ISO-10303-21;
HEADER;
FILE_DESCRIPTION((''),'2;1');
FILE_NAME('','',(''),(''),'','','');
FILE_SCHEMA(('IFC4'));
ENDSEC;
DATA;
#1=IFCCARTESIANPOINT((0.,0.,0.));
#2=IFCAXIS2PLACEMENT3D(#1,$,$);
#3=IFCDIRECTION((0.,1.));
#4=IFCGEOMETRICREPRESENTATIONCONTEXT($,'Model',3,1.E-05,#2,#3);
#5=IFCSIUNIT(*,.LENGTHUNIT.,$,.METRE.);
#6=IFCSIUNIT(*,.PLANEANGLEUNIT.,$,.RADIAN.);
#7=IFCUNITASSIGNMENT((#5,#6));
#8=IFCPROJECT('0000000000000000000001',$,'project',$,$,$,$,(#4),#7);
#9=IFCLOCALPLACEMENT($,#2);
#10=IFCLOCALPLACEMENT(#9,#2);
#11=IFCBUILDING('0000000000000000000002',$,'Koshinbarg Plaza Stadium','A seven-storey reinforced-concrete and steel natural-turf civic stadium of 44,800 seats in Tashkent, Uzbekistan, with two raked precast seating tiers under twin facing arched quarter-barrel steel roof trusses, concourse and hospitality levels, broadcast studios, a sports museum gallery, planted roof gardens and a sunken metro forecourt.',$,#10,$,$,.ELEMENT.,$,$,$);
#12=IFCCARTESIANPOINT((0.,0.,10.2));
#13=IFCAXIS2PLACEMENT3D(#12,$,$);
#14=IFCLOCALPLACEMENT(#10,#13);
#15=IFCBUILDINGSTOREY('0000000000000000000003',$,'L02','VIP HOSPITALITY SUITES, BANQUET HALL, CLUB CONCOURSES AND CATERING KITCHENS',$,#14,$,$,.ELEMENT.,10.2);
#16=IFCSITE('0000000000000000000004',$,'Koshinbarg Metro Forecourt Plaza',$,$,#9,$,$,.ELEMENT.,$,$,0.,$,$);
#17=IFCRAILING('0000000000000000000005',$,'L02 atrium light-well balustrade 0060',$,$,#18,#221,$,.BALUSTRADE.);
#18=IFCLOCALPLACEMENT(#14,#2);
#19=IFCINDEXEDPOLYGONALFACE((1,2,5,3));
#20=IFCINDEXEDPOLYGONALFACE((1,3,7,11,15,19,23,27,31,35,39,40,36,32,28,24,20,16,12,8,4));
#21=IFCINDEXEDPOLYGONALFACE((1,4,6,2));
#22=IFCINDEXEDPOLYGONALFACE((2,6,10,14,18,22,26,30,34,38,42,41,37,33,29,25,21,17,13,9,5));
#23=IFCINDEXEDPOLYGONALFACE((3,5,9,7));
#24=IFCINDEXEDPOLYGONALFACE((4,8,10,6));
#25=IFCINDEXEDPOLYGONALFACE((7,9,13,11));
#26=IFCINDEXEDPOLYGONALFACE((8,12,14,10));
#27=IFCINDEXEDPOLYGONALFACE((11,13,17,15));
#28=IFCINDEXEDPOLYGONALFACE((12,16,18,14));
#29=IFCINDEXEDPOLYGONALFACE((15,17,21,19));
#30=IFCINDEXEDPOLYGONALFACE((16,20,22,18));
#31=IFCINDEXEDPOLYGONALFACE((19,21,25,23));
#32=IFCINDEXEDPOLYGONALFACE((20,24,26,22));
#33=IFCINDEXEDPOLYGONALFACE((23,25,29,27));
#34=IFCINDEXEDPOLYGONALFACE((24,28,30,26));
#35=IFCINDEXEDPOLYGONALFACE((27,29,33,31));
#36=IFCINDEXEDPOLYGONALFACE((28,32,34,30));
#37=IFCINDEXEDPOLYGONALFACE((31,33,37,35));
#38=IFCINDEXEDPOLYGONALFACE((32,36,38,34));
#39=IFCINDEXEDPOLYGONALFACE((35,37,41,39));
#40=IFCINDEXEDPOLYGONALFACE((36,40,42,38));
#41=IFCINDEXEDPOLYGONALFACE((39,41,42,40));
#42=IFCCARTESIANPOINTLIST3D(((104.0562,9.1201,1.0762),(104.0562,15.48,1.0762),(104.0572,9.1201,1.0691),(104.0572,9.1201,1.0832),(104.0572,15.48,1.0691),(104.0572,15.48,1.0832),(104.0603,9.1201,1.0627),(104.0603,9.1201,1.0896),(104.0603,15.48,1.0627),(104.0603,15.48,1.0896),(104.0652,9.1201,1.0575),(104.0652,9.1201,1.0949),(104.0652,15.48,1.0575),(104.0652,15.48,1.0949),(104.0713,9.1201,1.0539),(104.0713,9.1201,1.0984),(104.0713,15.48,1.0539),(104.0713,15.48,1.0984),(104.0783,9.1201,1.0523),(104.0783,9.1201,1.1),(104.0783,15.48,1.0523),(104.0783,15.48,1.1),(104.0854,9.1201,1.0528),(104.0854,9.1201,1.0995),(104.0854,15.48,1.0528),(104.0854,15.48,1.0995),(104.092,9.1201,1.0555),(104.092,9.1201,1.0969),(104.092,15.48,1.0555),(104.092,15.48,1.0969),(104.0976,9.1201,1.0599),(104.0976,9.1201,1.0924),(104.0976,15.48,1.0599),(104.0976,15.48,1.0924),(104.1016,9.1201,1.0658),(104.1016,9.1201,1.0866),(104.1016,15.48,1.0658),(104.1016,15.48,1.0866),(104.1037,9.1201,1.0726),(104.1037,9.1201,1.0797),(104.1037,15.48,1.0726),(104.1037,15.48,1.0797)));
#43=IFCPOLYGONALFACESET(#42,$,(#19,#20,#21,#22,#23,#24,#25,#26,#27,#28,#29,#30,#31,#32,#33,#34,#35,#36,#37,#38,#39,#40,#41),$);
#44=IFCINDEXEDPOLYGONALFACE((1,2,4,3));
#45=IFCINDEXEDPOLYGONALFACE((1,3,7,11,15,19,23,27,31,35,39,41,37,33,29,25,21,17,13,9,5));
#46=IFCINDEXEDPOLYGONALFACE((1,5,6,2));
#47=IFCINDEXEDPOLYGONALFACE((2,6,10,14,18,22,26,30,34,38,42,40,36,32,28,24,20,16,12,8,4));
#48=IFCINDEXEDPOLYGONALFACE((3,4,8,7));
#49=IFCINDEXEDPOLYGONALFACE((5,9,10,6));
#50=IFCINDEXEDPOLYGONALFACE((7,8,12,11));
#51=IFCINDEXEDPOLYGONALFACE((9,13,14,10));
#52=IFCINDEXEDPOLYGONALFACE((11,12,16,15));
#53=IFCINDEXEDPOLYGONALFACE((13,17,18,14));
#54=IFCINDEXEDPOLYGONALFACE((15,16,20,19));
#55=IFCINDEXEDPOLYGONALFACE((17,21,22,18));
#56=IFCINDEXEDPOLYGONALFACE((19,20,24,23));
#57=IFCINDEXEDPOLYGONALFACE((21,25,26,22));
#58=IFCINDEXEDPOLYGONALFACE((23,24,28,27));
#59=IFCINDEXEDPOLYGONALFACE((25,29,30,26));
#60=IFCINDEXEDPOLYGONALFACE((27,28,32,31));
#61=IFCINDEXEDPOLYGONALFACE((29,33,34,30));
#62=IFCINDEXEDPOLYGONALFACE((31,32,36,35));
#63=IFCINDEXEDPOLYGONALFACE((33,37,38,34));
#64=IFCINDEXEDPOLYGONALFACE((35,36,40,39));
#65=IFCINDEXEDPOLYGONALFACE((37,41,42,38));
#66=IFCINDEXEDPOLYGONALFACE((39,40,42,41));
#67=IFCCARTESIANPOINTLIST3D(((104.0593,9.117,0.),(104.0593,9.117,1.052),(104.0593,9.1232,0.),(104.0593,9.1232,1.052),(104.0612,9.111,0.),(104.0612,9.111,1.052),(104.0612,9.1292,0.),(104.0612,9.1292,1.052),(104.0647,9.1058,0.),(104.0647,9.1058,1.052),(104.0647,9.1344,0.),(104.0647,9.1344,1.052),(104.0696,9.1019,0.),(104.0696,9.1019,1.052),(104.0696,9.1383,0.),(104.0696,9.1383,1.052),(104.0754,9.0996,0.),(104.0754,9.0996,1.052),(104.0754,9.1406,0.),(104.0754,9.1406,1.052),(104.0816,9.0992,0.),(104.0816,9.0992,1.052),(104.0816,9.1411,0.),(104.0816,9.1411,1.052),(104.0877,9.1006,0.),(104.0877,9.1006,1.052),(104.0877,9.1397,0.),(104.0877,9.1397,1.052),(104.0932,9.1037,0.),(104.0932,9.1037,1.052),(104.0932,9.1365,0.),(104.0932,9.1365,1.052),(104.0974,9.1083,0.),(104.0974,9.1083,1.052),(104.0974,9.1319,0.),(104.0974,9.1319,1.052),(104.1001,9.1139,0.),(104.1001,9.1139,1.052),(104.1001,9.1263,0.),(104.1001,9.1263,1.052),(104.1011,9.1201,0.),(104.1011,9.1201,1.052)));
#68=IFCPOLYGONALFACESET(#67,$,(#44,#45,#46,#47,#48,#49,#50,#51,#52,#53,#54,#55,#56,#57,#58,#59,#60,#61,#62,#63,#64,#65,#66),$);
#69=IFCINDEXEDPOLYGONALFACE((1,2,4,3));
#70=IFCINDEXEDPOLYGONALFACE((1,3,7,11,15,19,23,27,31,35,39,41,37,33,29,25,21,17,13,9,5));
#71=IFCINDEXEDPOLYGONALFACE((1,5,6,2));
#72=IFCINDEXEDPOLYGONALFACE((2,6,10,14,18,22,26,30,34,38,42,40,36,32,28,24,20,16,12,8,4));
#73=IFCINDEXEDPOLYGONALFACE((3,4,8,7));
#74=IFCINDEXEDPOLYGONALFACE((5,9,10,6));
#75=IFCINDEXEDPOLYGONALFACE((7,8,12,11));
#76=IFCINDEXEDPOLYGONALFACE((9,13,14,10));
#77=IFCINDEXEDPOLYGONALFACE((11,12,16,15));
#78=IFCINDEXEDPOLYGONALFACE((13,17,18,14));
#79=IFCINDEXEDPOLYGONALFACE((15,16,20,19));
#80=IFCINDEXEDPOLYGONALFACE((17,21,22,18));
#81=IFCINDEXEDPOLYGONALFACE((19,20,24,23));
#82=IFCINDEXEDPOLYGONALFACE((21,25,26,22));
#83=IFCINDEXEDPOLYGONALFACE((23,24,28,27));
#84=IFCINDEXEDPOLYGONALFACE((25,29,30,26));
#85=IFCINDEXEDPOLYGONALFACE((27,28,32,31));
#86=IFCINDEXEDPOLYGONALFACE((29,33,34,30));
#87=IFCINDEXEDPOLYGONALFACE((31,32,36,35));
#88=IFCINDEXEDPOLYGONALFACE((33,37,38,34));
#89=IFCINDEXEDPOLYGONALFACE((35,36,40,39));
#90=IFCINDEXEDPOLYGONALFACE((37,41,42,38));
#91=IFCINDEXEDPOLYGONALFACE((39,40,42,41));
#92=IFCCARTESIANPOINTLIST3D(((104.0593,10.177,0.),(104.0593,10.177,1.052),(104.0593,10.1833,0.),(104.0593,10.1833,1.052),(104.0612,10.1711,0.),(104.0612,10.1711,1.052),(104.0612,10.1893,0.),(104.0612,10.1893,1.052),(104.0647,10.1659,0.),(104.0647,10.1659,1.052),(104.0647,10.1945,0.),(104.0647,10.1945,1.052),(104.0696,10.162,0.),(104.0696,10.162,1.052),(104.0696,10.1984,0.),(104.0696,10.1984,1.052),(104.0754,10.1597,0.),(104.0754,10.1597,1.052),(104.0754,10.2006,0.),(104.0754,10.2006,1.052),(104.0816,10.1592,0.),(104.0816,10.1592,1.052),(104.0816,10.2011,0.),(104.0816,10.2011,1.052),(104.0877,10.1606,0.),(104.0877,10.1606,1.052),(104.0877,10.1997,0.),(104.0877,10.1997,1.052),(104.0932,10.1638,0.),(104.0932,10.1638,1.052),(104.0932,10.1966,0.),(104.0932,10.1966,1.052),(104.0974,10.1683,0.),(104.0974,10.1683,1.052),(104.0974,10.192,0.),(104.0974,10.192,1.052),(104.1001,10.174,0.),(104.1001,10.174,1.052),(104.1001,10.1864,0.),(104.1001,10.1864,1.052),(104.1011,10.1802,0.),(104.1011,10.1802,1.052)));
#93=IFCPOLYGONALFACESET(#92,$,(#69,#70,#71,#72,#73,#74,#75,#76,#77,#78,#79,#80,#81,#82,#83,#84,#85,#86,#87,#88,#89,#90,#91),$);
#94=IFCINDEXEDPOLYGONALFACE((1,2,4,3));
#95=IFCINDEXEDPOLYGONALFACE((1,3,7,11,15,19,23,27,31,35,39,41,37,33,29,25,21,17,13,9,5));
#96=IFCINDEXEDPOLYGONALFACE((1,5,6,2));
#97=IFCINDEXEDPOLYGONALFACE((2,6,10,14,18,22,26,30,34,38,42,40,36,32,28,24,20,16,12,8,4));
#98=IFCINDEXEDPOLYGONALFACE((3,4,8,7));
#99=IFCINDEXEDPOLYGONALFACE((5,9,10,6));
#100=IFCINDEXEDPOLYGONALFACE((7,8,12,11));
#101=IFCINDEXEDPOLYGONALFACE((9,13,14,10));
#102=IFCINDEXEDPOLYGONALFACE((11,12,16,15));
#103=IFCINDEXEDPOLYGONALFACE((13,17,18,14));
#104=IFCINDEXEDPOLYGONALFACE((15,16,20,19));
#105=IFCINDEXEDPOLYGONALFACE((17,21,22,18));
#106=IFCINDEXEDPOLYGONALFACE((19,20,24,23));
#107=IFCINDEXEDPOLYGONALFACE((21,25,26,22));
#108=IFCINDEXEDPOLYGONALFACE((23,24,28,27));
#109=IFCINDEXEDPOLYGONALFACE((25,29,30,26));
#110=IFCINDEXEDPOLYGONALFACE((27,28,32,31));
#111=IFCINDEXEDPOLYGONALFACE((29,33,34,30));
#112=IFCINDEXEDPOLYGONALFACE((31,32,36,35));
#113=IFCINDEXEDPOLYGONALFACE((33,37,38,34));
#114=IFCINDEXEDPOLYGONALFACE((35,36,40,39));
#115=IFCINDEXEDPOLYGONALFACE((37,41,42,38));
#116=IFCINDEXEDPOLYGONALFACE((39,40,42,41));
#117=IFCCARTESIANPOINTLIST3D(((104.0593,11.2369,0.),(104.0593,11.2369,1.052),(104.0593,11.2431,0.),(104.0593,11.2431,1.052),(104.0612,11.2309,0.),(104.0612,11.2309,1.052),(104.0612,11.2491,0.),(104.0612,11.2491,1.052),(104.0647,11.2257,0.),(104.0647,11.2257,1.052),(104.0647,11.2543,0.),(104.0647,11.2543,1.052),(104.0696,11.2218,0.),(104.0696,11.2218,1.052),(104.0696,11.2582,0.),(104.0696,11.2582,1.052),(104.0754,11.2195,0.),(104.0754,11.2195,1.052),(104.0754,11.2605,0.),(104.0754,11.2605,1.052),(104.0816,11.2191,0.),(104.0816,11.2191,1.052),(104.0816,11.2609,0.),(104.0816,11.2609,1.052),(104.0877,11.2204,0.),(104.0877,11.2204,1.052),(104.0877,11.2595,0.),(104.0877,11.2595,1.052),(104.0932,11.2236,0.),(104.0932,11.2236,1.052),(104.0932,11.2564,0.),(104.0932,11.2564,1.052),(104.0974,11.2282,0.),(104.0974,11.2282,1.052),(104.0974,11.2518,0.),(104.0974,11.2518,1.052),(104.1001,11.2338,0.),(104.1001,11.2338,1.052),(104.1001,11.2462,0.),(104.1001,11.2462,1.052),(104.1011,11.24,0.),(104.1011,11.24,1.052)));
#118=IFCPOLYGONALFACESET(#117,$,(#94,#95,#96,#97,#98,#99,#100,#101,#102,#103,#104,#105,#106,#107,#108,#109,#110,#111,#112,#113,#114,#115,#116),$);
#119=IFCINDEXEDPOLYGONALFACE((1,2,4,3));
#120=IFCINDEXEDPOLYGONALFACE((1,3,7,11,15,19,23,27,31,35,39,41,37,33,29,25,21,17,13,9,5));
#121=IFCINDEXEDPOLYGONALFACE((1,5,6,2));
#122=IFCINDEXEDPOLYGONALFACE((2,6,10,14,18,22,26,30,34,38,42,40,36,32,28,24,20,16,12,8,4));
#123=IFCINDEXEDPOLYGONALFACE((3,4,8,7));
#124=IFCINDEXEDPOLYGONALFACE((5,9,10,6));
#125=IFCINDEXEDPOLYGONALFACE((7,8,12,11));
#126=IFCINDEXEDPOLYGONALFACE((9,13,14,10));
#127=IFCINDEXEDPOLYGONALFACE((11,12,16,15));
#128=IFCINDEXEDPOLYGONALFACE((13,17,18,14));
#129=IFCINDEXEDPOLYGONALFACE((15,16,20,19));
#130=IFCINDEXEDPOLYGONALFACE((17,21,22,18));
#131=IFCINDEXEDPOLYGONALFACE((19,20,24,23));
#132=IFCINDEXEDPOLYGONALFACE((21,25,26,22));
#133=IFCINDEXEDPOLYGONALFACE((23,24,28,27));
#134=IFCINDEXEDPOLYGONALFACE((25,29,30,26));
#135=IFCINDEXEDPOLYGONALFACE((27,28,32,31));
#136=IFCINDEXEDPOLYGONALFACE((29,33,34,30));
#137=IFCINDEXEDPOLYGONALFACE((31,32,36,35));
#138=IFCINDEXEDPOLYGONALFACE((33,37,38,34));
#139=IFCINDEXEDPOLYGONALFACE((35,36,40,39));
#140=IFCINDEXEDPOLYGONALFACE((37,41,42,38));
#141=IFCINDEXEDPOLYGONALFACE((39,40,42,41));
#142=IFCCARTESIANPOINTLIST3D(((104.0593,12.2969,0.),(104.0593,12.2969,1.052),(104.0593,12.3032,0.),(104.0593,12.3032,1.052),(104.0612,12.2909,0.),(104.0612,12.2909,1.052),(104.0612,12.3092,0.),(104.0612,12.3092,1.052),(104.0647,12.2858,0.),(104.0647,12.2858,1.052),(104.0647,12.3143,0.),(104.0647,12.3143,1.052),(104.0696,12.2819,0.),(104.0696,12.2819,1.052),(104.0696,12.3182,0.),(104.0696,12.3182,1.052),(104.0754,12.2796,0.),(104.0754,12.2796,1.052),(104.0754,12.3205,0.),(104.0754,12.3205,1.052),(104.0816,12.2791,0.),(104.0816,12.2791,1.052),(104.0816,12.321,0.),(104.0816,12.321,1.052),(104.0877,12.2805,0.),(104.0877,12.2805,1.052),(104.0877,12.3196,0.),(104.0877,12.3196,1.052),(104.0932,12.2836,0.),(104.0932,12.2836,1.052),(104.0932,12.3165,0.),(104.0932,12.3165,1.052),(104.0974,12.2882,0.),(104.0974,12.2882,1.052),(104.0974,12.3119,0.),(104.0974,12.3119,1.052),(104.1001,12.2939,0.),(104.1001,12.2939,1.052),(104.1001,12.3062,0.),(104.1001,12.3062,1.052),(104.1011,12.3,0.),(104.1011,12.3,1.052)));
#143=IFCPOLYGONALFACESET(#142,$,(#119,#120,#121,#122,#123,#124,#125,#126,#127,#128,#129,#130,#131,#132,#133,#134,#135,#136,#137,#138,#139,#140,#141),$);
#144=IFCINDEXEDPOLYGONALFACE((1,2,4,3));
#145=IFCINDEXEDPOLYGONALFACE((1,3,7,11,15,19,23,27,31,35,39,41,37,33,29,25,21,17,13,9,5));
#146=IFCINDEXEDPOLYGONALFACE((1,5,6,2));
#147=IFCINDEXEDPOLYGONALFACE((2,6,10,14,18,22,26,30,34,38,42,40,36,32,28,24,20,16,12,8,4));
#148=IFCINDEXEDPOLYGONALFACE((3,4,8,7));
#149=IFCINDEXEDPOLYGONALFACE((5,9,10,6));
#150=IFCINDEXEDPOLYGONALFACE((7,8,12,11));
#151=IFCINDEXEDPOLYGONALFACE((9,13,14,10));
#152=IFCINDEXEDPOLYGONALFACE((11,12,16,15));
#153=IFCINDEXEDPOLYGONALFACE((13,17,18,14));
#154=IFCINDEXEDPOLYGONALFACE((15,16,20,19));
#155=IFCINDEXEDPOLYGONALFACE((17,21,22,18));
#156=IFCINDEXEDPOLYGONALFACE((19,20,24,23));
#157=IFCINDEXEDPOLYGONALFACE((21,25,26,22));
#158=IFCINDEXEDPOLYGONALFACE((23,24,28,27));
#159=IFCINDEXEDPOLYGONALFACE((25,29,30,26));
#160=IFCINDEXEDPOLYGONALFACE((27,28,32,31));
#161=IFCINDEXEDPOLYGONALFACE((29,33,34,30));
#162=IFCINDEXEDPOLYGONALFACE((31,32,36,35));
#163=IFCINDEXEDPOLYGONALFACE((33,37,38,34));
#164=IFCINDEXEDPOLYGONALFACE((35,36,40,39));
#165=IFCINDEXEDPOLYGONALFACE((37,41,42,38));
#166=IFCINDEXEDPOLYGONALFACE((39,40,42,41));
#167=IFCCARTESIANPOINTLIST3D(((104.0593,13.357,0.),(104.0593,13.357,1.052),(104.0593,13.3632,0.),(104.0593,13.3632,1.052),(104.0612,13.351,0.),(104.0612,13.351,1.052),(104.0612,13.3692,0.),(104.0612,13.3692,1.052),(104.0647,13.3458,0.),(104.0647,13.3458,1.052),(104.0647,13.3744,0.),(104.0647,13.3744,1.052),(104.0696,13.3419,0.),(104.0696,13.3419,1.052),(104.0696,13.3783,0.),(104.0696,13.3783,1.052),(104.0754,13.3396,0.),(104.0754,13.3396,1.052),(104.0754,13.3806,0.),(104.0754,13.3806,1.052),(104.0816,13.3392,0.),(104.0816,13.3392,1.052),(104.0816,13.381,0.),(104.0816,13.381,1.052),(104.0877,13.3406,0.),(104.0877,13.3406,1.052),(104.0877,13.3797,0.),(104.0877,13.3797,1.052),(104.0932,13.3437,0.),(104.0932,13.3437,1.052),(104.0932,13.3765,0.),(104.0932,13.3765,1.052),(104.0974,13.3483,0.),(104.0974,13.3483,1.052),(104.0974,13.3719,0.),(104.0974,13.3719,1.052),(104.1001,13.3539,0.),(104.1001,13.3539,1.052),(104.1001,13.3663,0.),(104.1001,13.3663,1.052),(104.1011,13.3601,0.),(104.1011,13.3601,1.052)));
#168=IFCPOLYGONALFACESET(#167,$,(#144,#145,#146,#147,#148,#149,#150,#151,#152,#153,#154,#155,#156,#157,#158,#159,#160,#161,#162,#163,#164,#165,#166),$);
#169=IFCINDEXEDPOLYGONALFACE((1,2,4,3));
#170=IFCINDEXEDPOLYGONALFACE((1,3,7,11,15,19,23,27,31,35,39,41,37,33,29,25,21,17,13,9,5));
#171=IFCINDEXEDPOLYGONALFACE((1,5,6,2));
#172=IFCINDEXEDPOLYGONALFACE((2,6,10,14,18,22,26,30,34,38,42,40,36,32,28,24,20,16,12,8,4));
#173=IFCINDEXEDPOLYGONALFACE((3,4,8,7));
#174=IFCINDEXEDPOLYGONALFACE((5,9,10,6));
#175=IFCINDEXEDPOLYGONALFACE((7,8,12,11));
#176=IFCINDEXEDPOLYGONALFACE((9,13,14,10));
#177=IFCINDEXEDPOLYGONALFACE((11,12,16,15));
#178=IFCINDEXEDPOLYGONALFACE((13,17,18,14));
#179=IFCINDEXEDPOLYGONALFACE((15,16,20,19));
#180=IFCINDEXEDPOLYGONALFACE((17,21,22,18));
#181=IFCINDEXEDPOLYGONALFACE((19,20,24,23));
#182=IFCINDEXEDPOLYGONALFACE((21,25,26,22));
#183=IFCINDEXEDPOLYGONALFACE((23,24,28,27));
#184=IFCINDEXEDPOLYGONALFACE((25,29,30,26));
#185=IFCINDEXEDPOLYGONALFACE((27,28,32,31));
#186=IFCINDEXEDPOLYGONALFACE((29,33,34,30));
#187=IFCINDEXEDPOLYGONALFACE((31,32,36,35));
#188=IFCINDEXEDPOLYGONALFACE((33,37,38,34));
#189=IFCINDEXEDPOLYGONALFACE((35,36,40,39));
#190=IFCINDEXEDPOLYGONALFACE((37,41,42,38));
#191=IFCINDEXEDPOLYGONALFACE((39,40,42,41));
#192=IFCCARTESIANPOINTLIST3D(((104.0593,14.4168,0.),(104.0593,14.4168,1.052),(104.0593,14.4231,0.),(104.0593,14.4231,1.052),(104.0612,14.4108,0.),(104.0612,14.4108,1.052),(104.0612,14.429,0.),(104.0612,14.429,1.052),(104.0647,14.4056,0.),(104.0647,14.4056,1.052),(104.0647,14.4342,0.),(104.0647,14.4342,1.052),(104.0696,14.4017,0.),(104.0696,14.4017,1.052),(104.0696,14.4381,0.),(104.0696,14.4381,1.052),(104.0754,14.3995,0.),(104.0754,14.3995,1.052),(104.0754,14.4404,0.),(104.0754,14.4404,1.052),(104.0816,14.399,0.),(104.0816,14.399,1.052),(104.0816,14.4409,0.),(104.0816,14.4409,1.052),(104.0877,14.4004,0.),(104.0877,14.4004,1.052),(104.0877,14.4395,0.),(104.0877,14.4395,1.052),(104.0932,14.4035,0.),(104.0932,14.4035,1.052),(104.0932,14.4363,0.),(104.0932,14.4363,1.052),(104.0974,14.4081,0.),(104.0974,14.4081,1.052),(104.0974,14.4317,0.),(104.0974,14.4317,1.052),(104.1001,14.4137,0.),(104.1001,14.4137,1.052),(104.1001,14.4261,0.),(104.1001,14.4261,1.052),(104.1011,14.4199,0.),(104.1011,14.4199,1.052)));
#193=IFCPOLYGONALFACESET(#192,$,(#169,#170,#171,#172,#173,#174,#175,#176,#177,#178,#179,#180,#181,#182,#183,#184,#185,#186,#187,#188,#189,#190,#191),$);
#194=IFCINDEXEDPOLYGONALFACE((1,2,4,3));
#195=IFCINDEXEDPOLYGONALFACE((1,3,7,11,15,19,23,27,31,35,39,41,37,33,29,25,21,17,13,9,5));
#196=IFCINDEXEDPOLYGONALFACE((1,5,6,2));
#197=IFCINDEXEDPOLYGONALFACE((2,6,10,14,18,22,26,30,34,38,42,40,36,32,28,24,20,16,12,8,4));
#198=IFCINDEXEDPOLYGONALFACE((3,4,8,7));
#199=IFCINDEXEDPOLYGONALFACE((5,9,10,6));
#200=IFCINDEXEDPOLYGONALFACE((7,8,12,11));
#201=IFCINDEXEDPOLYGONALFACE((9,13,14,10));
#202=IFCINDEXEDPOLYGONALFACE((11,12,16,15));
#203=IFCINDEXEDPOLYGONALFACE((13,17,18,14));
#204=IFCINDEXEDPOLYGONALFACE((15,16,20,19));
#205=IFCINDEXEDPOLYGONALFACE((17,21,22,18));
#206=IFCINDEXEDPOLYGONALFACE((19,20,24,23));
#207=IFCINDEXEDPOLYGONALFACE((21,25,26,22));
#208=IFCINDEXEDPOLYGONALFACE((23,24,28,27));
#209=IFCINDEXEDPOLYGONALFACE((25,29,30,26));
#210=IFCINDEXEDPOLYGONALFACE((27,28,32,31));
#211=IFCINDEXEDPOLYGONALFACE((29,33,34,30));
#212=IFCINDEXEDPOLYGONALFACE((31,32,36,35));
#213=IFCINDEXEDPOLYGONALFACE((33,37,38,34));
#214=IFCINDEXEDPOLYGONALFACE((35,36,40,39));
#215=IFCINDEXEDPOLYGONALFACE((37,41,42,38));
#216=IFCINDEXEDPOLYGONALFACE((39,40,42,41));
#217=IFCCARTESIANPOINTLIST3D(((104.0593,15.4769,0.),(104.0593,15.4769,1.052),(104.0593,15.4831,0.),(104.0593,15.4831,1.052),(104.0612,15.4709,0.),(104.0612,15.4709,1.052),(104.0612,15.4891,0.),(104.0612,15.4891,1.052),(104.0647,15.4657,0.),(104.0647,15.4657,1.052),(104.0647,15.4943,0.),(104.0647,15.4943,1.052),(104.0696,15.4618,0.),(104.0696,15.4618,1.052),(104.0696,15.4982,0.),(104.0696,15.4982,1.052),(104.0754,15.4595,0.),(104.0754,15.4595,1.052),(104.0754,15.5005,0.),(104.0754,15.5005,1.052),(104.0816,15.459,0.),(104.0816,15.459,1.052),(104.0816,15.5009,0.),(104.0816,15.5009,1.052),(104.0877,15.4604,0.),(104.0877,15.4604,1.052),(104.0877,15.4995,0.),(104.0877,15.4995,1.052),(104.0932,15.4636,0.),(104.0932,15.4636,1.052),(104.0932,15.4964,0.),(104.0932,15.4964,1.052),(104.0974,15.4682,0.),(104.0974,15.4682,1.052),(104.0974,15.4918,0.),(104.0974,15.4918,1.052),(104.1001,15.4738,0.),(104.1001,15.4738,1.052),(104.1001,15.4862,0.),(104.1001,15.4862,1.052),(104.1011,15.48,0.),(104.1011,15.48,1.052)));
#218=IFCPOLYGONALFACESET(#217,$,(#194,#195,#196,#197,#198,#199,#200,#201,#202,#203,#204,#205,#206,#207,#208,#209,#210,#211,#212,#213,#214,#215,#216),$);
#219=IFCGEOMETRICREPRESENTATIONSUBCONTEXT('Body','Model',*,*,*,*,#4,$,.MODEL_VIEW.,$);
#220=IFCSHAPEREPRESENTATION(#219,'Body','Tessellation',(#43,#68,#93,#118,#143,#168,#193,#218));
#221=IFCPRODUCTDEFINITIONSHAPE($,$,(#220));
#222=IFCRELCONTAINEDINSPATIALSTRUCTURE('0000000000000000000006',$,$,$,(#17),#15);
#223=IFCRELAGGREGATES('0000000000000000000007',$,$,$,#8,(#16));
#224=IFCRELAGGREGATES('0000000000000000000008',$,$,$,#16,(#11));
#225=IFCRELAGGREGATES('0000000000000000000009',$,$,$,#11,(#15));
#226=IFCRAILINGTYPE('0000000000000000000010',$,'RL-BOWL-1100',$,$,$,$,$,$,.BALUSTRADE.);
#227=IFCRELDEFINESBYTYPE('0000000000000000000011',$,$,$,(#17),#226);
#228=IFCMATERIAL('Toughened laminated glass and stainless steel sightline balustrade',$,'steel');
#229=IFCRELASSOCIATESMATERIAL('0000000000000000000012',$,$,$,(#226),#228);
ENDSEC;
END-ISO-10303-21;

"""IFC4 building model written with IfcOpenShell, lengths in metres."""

from ifc_helpers import new_model, si_unit, direction, frame, origin, origin_2d, place, context, subcontext, project, spatial, circle, extrude, material, type_object, element, save


model = new_model("IFC4")

# Units and contexts
model_context = context("Model", 3, precision=1e-05, world=origin(), true_north=direction((0.0, 1.0)))
body_context = subcontext(model_context, "Body", "Model", "MODEL_VIEW")
ifc_project = project(units=[si_unit("LENGTHUNIT", "METRE"), si_unit("PLANEANGLEUNIT", "RADIAN")], contexts=[model_context])

# Site, building, storey
site_placement = place(None, origin())
site = spatial("IfcSite", under=ifc_project, at=site_placement, Name="Koshinbarg Metro Forecourt Plaza", CompositionType="ELEMENT", RefElevation=0.0)
building_placement = place(site_placement, origin())
building = spatial("IfcBuilding", under=site, at=building_placement, Name="Koshinbarg Plaza Stadium", Description="A seven-storey reinforced-concrete and steel natural-turf civic stadium of 44,800 seats in Tashkent, Uzbekistan, with two raked precast seating tiers under twin facing arched quarter-barrel steel roof trusses, concourse and hospitality levels, broadcast studios, a sports museum gallery, planted roof gardens and a sunken metro forecourt.", CompositionType="ELEMENT")
storey_placement = place(building_placement, frame((0.0, 0.0, 10.2)))
storey = spatial("IfcBuildingStorey", under=building, at=storey_placement, Name="L02", Description="VIP HOSPITALITY SUITES, BANQUET HALL, CLUB CONCOURSES AND CATERING KITCHENS", CompositionType="ELEMENT", Elevation=10.2)

# Railing
ifc_material_1 = material(Name="Toughened laminated glass and stainless steel sightline balustrade", Category="steel")
railing_type = type_object("IfcRailingType", Name="RL-BOWL-1100", PredefinedType="BALUSTRADE", material=ifc_material_1)
railing_1_placement = place(storey_placement, frame((104.0801, 9.1201, 0.0)))
element("IfcRailing", 1, at=railing_1_placement, inside=storey, type_object=railing_type, Name="L02 atrium light-well balustrade 0060", PredefinedType="BALUSTRADE", context=body_context, shape_type="SweptSolid", body=[
    extrude(circle(Radius=0.0239, at=origin_2d()), frame((0.0, 0.0, 1.0762), z_axis=(0.0, 1.0, 0.0), x_axis=(-1.0, 0.0, 0.0)), (0.0, 0.0, 1.0), 6.3599),
    extrude(circle(Radius=0.021, at=origin_2d()), origin(), (0.0, 0.0, 1.0), 1.052),
    extrude(circle(Radius=0.021, at=origin_2d()), frame((0.0, 1.0601, 0.0)), (0.0, 0.0, 1.0), 1.052),
    extrude(circle(Radius=0.021, at=origin_2d()), frame((0.0, 2.1199, 0.0)), (0.0, 0.0, 1.0), 1.052),
    extrude(circle(Radius=0.021, at=origin_2d()), frame((0.0, 3.1799, 0.0)), (0.0, 0.0, 1.0), 1.052),
    extrude(circle(Radius=0.021, at=origin_2d()), frame((0.0, 4.24, 0.0)), (0.0, 0.0, 1.0), 1.052),
    extrude(circle(Radius=0.021, at=origin_2d()), frame((0.0, 5.2998, 0.0)), (0.0, 0.0, 1.0), 1.052),
    extrude(circle(Radius=0.021, at=origin_2d()), frame((0.0, 6.3599, 0.0)), (0.0, 0.0, 1.0), 1.052),
])

save(model, "model.ifc")
